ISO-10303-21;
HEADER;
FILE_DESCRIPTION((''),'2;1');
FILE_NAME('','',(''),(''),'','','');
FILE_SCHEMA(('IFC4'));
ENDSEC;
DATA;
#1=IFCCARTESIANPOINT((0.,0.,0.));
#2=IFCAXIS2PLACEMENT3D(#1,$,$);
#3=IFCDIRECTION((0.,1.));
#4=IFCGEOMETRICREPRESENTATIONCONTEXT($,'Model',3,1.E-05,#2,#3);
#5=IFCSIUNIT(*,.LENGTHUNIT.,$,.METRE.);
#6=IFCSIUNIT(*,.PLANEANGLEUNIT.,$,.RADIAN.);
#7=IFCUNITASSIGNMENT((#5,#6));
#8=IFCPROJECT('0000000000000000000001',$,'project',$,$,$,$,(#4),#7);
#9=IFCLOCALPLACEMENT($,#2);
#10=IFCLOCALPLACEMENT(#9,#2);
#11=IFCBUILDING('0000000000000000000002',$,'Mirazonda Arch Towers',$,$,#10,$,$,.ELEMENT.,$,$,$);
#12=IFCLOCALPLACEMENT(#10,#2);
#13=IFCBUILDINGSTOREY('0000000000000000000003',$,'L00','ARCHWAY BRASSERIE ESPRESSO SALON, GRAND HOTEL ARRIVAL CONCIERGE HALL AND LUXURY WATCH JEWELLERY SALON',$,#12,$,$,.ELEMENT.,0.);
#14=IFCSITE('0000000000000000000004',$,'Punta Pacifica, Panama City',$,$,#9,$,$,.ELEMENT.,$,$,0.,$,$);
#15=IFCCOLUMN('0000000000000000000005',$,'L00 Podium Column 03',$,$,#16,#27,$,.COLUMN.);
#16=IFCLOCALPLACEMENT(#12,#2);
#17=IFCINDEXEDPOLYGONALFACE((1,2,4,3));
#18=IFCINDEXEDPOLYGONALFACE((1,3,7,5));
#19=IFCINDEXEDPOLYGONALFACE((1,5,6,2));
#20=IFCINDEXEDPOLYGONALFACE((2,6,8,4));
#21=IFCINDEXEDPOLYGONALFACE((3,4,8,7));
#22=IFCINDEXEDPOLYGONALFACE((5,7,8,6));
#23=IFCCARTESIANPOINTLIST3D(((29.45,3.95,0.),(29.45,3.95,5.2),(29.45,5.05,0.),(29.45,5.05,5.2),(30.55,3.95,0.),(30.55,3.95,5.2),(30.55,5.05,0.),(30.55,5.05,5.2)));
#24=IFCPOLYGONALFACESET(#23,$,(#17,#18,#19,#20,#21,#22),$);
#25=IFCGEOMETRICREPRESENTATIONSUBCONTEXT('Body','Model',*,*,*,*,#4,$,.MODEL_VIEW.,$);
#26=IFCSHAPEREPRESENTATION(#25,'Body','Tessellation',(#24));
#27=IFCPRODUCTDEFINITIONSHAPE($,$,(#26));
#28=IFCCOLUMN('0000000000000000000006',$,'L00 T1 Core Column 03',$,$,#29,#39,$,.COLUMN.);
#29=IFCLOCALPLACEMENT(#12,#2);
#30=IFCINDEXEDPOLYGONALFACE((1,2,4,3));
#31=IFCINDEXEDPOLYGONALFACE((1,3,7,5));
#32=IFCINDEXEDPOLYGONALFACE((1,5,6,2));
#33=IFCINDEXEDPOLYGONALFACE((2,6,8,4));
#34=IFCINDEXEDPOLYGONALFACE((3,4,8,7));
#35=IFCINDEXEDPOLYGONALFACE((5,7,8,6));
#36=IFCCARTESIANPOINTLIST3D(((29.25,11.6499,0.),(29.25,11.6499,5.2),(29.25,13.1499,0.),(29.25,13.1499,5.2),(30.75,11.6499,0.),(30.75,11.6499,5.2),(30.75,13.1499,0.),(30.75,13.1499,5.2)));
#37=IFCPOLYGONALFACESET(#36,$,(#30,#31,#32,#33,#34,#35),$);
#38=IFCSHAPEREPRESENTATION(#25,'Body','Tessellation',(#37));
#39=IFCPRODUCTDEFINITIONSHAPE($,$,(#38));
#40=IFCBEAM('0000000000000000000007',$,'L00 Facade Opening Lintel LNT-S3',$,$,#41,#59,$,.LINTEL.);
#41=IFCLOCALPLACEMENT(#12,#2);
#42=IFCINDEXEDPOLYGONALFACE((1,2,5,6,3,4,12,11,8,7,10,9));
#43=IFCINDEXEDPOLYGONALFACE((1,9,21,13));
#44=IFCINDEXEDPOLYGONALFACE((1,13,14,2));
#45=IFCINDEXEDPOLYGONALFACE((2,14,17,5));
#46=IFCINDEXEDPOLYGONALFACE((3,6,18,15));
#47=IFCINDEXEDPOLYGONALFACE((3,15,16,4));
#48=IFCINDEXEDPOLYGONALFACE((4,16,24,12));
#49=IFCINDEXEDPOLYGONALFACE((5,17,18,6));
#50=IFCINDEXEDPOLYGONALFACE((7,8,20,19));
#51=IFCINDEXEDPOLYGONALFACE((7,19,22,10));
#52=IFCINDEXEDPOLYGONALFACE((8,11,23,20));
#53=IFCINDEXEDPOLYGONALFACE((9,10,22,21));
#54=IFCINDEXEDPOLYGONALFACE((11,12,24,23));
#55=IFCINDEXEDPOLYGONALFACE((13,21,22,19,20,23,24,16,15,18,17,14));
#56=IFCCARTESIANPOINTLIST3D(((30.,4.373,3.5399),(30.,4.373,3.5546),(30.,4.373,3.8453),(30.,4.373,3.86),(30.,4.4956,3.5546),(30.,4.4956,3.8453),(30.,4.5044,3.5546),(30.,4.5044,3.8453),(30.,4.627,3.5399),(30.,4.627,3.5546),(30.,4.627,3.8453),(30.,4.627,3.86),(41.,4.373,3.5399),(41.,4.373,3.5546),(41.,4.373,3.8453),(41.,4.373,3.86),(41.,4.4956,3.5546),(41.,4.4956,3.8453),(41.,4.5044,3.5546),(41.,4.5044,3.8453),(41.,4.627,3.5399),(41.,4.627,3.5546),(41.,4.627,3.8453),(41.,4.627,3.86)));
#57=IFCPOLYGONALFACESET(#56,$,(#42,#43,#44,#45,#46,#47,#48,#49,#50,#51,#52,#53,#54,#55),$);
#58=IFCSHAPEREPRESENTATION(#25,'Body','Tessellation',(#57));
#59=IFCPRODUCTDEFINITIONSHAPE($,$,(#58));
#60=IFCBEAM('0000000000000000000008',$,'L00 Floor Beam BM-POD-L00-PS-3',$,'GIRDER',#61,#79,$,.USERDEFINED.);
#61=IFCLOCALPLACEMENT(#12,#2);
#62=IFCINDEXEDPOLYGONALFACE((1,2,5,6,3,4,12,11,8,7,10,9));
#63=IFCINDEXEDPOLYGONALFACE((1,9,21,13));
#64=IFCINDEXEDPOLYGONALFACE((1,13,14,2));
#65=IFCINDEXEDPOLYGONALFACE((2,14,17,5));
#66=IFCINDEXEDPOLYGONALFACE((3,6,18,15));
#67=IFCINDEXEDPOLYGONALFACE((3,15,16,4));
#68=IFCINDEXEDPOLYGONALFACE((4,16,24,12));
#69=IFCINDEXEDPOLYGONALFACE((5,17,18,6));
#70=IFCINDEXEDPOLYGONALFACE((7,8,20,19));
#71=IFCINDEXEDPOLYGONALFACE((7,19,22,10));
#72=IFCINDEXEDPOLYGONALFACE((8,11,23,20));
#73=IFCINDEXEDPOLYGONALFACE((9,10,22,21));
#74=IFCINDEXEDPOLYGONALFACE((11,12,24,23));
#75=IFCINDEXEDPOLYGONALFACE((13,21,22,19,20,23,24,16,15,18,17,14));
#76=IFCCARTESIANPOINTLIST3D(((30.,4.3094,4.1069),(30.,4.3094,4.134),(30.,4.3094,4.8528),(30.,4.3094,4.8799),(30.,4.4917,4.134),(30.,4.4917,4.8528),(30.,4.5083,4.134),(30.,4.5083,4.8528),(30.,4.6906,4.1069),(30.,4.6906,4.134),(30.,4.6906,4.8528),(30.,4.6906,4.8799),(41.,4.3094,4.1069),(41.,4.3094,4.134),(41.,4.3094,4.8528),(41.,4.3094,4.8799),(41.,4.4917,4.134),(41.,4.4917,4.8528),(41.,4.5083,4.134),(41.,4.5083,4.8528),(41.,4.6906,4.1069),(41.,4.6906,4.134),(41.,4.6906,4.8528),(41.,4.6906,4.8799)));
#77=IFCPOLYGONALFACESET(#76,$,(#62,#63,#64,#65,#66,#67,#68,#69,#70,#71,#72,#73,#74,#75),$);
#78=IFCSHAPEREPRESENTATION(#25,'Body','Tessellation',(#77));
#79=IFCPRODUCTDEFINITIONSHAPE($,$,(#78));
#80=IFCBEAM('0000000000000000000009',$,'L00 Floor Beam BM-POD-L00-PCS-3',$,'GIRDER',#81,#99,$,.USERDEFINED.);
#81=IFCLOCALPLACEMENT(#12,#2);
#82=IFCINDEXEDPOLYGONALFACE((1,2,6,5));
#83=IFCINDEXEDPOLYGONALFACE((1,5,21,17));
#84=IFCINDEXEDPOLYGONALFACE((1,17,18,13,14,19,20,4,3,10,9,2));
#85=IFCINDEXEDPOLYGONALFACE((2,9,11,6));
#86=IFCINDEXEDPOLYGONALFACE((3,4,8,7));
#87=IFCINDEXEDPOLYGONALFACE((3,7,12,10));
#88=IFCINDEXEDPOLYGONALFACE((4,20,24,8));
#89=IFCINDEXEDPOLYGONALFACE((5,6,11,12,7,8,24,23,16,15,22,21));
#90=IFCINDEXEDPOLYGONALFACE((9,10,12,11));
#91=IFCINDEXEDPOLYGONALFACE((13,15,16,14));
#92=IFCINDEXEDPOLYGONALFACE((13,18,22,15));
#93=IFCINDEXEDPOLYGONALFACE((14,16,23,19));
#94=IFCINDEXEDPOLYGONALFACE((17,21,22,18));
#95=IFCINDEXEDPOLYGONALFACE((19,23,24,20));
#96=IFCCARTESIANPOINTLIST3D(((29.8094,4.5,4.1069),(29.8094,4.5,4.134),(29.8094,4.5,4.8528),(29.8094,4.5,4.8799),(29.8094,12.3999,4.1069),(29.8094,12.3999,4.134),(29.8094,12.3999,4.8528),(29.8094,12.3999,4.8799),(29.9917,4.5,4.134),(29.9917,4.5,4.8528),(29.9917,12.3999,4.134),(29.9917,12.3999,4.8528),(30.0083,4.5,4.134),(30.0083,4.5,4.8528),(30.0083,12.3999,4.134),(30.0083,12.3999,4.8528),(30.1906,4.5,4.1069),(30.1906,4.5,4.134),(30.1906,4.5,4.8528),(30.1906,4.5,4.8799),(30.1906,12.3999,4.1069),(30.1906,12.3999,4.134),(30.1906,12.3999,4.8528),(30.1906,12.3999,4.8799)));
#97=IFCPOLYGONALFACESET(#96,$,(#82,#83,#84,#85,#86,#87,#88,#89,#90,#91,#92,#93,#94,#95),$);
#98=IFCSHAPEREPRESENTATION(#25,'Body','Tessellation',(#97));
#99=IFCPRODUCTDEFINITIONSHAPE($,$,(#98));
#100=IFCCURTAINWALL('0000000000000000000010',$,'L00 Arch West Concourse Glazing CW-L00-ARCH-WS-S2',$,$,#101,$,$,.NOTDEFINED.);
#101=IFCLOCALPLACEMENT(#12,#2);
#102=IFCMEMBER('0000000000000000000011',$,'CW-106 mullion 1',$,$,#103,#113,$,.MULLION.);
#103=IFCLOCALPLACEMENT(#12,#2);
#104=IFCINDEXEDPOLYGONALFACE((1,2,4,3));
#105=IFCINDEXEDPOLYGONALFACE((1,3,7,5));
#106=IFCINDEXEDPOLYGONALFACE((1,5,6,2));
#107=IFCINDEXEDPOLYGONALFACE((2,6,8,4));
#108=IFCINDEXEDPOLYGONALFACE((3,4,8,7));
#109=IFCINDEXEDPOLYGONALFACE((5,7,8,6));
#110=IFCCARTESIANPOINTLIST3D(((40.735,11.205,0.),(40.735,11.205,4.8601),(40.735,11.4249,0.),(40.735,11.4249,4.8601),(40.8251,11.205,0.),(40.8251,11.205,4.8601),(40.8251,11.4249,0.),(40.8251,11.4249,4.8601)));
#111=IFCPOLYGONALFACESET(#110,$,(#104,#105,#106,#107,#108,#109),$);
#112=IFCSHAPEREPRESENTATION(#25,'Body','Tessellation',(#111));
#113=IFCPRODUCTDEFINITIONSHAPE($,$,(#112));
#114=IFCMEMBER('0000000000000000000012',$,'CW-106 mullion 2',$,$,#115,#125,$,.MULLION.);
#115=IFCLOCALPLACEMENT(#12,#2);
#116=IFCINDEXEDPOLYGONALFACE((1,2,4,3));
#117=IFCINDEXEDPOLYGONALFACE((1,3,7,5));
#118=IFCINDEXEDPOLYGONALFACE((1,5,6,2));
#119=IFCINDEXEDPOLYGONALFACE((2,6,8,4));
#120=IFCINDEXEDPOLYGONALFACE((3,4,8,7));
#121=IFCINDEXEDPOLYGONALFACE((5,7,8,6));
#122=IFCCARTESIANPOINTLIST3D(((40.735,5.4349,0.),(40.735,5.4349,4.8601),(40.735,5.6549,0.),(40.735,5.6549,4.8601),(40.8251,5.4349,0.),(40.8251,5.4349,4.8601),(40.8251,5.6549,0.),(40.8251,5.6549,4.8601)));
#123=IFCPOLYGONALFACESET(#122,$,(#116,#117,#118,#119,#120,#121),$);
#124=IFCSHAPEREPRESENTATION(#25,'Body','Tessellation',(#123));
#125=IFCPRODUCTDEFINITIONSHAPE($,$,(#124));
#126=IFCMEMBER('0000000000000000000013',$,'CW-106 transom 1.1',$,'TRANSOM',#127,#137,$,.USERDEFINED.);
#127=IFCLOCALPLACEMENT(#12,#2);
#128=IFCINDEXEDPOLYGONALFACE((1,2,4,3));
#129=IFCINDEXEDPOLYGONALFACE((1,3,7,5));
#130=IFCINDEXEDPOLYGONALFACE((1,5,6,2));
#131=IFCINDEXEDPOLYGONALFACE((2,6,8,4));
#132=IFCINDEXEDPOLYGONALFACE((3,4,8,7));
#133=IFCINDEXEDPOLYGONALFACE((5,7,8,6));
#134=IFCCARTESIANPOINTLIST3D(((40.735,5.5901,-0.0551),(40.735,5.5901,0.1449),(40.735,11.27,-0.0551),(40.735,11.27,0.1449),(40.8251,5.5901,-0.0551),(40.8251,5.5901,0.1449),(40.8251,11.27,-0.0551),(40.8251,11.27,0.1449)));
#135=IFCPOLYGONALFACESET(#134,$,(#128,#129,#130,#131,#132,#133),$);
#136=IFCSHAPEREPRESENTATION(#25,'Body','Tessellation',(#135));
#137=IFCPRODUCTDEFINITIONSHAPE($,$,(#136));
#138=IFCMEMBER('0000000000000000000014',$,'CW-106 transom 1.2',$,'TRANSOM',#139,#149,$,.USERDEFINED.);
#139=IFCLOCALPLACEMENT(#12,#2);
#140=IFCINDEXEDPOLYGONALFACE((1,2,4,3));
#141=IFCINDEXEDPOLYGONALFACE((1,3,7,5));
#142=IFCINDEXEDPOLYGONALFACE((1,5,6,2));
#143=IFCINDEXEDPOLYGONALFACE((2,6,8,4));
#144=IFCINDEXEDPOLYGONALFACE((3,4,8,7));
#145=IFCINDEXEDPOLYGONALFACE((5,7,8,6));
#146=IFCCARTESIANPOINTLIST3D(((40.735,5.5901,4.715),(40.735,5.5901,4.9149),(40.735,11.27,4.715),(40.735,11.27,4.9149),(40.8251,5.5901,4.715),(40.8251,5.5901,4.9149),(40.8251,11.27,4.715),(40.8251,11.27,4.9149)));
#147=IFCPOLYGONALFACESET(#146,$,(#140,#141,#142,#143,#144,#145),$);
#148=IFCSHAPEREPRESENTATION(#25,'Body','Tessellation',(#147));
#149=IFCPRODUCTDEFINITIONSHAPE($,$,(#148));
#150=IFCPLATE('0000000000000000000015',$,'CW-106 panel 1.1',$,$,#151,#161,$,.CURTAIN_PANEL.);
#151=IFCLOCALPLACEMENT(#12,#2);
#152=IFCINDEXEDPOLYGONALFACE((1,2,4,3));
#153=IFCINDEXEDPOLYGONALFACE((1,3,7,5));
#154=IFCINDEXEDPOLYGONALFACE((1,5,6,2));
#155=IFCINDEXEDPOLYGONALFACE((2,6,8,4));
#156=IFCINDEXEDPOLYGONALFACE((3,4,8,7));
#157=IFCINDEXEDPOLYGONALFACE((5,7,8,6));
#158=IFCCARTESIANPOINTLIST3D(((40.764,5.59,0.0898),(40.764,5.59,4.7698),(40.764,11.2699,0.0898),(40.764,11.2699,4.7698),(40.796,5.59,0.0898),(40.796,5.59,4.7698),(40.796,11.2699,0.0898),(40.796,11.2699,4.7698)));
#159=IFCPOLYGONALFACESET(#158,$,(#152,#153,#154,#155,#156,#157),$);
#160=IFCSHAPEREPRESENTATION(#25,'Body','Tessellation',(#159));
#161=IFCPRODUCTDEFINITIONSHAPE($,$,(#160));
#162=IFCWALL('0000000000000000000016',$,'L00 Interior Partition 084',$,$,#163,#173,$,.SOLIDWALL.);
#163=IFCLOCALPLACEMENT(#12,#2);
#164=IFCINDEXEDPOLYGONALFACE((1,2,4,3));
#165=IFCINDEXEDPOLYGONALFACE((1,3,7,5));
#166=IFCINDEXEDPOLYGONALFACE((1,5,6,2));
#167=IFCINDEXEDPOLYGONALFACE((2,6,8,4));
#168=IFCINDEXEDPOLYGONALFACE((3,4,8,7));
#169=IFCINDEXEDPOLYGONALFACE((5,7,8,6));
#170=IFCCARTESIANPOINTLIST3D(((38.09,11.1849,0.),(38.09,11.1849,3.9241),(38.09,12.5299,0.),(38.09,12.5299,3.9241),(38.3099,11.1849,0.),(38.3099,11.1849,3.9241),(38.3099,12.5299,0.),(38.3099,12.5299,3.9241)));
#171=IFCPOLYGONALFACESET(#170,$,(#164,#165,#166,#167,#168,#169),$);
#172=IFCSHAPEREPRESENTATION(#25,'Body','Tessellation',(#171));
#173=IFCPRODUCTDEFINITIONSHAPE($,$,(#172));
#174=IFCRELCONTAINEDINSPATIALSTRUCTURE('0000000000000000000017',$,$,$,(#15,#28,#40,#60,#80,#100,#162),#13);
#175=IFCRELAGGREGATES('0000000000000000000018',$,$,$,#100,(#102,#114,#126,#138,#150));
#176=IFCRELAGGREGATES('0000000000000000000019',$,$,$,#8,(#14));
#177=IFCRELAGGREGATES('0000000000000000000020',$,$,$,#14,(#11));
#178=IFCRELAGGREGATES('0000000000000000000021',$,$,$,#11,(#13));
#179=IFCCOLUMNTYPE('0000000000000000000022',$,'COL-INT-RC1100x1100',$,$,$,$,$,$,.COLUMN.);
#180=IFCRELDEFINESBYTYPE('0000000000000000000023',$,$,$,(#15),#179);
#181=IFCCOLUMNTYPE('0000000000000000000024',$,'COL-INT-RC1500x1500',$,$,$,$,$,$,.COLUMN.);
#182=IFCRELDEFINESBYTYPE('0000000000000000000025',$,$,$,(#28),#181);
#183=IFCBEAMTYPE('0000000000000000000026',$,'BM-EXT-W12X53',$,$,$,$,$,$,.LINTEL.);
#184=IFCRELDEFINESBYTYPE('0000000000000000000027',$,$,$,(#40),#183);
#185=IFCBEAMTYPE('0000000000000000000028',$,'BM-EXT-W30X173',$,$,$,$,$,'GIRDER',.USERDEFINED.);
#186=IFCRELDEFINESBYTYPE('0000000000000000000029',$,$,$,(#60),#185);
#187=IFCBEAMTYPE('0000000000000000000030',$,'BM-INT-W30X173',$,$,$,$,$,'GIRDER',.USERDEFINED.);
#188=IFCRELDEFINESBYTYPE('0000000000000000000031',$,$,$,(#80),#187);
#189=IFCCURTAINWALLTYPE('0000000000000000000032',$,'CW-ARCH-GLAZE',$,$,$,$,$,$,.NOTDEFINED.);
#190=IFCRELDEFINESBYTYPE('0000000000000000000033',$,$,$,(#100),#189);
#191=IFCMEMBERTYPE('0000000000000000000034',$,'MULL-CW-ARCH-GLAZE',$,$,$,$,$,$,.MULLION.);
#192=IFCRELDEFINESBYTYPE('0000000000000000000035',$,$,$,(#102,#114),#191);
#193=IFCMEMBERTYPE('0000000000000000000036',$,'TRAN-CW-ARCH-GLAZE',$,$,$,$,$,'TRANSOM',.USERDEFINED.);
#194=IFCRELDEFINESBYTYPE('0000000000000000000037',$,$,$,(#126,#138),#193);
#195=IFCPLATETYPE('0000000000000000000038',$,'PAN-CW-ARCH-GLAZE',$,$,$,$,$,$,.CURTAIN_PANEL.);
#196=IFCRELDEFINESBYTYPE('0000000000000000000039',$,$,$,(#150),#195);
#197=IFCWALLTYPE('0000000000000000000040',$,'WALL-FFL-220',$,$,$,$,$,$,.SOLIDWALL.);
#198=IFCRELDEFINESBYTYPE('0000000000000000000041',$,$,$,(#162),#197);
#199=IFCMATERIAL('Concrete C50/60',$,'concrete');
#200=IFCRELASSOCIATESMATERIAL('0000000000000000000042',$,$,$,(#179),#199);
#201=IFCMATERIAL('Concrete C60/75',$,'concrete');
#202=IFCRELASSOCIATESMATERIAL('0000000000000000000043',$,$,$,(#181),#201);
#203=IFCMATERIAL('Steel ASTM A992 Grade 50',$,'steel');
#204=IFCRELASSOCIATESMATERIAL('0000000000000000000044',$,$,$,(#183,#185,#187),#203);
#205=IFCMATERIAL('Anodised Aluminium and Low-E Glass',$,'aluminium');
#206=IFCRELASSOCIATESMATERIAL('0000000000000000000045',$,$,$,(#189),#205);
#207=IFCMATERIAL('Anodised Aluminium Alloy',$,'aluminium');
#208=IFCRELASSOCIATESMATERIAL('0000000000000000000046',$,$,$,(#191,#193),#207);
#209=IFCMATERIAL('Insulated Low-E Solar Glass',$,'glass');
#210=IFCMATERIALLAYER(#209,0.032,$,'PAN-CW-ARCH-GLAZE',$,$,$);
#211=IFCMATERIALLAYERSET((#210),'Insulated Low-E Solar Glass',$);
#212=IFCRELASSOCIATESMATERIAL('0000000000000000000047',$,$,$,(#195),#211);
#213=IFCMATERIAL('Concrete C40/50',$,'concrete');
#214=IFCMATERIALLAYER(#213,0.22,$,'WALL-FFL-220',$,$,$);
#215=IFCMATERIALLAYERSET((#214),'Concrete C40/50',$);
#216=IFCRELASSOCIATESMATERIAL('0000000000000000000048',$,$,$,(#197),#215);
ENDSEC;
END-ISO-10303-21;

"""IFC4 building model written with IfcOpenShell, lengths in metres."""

from ifc_helpers import new_model, si_unit, direction, frame, frame_2d, origin, origin_2d, place, context, subcontext, project, spatial, rectangle, i_section, extrude, material, layer, layer_set, material_profile, profile_set, type_object, element, aggregate, save


model = new_model("IFC4")

# Units and contexts
model_context = context("Model", 3, precision=1e-05, world=origin(), true_north=direction((0.0, 1.0)))
body_context = subcontext(model_context, "Body", "Model", "MODEL_VIEW")
ifc_project = project(units=[si_unit("LENGTHUNIT", "METRE"), si_unit("PLANEANGLEUNIT", "RADIAN")], contexts=[model_context])

# Site, building, storey
site_placement = place(None, origin())
site = spatial("IfcSite", under=ifc_project, at=site_placement, Name="Punta Pacifica, Panama City", CompositionType="ELEMENT", RefElevation=0.0)
building_placement = place(site_placement, origin())
building = spatial("IfcBuilding", under=site, at=building_placement, Name="Mirazonda Arch Towers", CompositionType="ELEMENT")
storey_placement = place(building_placement, origin())
storey = spatial("IfcBuildingStorey", under=building, at=storey_placement, Name="L00", Description="ARCHWAY BRASSERIE ESPRESSO SALON, GRAND HOTEL ARRIVAL CONCIERGE HALL AND LUXURY WATCH JEWELLERY SALON", CompositionType="ELEMENT", Elevation=0.0)

# Columns
ifc_material_1 = material(Name="Concrete C50/60", Category="concrete")
ifc_material_profile_1 = material_profile(ifc_material_1, rectangle(XDim=1.1001, YDim=1.1001, at=origin_2d()), Name="RC1100x1100")
ifc_profile_set_1 = profile_set([ifc_material_profile_1], Name="Concrete C50/60")
column_type_1 = type_object("IfcColumnType", Name="COL-INT-RC1100x1100", PredefinedType="COLUMN", material=ifc_profile_set_1)
column_1_placement = place(storey_placement, frame((30.0, 4.5, 0.0), z_axis=(0.0, 0.0, 1.0), x_axis=(1.0, 0.0, 0.0)))
element("IfcColumn", 1, at=column_1_placement, inside=storey, type_object=column_type_1, Name="L00 Podium Column 03", PredefinedType="COLUMN", context=body_context, shape_type="SweptSolid", body=[
    extrude(rectangle(XDim=1.1001, YDim=1.1001, at=origin_2d()), origin(), (0.0, 0.0, 1.0), 5.2),
])
ifc_material_2 = material(Name="Concrete C60/75", Category="concrete")
ifc_material_profile_2 = material_profile(ifc_material_2, rectangle(XDim=1.5, YDim=1.5, at=origin_2d()), Name="RC1500x1500")
ifc_profile_set_2 = profile_set([ifc_material_profile_2], Name="Concrete C60/75")
column_type_2 = type_object("IfcColumnType", Name="COL-INT-RC1500x1500", PredefinedType="COLUMN", material=ifc_profile_set_2)
column_2_placement = place(storey_placement, frame((30.0, 12.3999, 0.0), z_axis=(0.0, 0.0, 1.0), x_axis=(1.0, 0.0, 0.0)))
element("IfcColumn", 2, at=column_2_placement, inside=storey, type_object=column_type_2, Name="L00 T1 Core Column 03", PredefinedType="COLUMN", context=body_context, shape_type="SweptSolid", body=[
    extrude(rectangle(XDim=1.5, YDim=1.5, at=origin_2d()), origin(), (0.0, 0.0, 1.0), 5.2),
])

# Beams
ifc_material_3 = material(Name="Steel ASTM A992 Grade 50", Category="steel")
ifc_material_profile_3 = material_profile(ifc_material_3, i_section(OverallWidth=0.2539, OverallDepth=0.3201, WebThickness=0.0088, FlangeThickness=0.0146, at=origin_2d()), Name="W12X53")
ifc_profile_set_3 = profile_set([ifc_material_profile_3], Name="Steel ASTM A992 Grade 50")
beam_type_1 = type_object("IfcBeamType", Name="BM-EXT-W12X53", PredefinedType="LINTEL", material=ifc_profile_set_3)
beam_1_placement = place(storey_placement, frame((30.0, 4.5, 3.7), z_axis=(1.0, 0.0, 0.0), x_axis=(0.0, 1.0, 0.0)))
element("IfcBeam", 3, at=beam_1_placement, inside=storey, type_object=beam_type_1, Name="L00 Facade Opening Lintel LNT-S3", PredefinedType="LINTEL", context=body_context, shape_type="SweptSolid", body=[
    extrude(i_section(OverallWidth=0.2539, OverallDepth=0.3201, WebThickness=0.0088, FlangeThickness=0.0146, at=origin_2d()), origin(), (0.0, 0.0, 1.0), 11.0),
])
ifc_material_profile_4 = material_profile(ifc_material_3, i_section(OverallWidth=0.3811, OverallDepth=0.7729, WebThickness=0.0166, FlangeThickness=0.0271, at=origin_2d()), Name="W30X173")
ifc_profile_set_4 = profile_set([ifc_material_profile_4], Name="Steel ASTM A992 Grade 50")
beam_type_2 = type_object("IfcBeamType", Name="BM-EXT-W30X173", ElementType="GIRDER", PredefinedType="USERDEFINED", material=ifc_profile_set_4)
beam_2_placement = place(storey_placement, frame((30.0, 4.5, 4.4934), z_axis=(1.0, 0.0, 0.0), x_axis=(0.0, 1.0, 0.0)))
element("IfcBeam", 4, at=beam_2_placement, inside=storey, type_object=beam_type_2, Name="L00 Floor Beam BM-POD-L00-PS-3", ObjectType="GIRDER", PredefinedType="USERDEFINED", context=body_context, shape_type="SweptSolid", body=[
    extrude(i_section(OverallWidth=0.3811, OverallDepth=0.7729, WebThickness=0.0166, FlangeThickness=0.0271, at=origin_2d()), origin(), (0.0, 0.0, 1.0), 11.0),
])
ifc_material_profile_5 = material_profile(ifc_material_3, i_section(OverallWidth=0.3811, OverallDepth=0.7729, WebThickness=0.0166, FlangeThickness=0.0271, at=origin_2d()), Name="W30X173")
ifc_profile_set_5 = profile_set([ifc_material_profile_5], Name="Steel ASTM A992 Grade 50")
beam_type_3 = type_object("IfcBeamType", Name="BM-INT-W30X173", ElementType="GIRDER", PredefinedType="USERDEFINED", material=ifc_profile_set_5)
beam_3_placement = place(storey_placement, frame((30.0, 4.5, 4.4934), z_axis=(0.0, 1.0, 0.0), x_axis=(-1.0, 0.0, 0.0)))
element("IfcBeam", 5, at=beam_3_placement, inside=storey, type_object=beam_type_3, Name="L00 Floor Beam BM-POD-L00-PCS-3", ObjectType="GIRDER", PredefinedType="USERDEFINED", context=body_context, shape_type="SweptSolid", body=[
    extrude(i_section(OverallWidth=0.3811, OverallDepth=0.7729, WebThickness=0.0166, FlangeThickness=0.0271, at=origin_2d()), origin(), (0.0, 0.0, 1.0), 7.8999),
])

# Curtain wall, members, plate
ifc_material_4 = material(Name="Anodised Aluminium and Low-E Glass", Category="aluminium")
curtain_wall_type = type_object("IfcCurtainWallType", Name="CW-ARCH-GLAZE", PredefinedType="NOTDEFINED", material=ifc_material_4)
curtain_wall_placement = place(storey_placement, origin())
curtain_wall = element("IfcCurtainWall", 6, at=curtain_wall_placement, inside=storey, type_object=curtain_wall_type, Name="L00 Arch West Concourse Glazing CW-L00-ARCH-WS-S2", PredefinedType="NOTDEFINED")
ifc_material_5 = material(Name="Anodised Aluminium Alloy", Category="aluminium")
ifc_material_profile_6 = material_profile(ifc_material_5, rectangle(XDim=0.0901, YDim=0.22, at=origin_2d()), Name="ALU-MULL-90x220")
ifc_profile_set_6 = profile_set([ifc_material_profile_6], Name="Anodised Aluminium Alloy")
member_type_1 = type_object("IfcMemberType", Name="MULL-CW-ARCH-GLAZE", PredefinedType="MULLION", material=ifc_profile_set_6)
member_1_placement = place(storey_placement, frame((40.78, 11.3149, 0.0), z_axis=(0.0, 0.0, 1.0), x_axis=(1.0, 0.0, 0.0)))
member_1 = element("IfcMember", 7, at=member_1_placement, type_object=member_type_1, Name="CW-106 mullion 1", PredefinedType="MULLION", context=body_context, shape_type="SweptSolid", body=[
    extrude(rectangle(XDim=0.0901, YDim=0.22, at=origin_2d()), origin(), (0.0, 0.0, 1.0), 4.8601),
])
member_2_placement = place(storey_placement, frame((40.78, 5.5449, 0.0), z_axis=(0.0, 0.0, 1.0), x_axis=(1.0, 0.0, 0.0)))
member_2 = element("IfcMember", 8, at=member_2_placement, type_object=member_type_1, Name="CW-106 mullion 2", PredefinedType="MULLION", context=body_context, shape_type="SweptSolid", body=[
    extrude(rectangle(XDim=0.0901, YDim=0.22, at=origin_2d()), origin(), (0.0, 0.0, 1.0), 4.8601),
])
ifc_material_profile_7 = material_profile(ifc_material_5, rectangle(XDim=0.0901, YDim=0.2, at=origin_2d()), Name="ALU-TRAN-90x200")
ifc_profile_set_7 = profile_set([ifc_material_profile_7], Name="Anodised Aluminium Alloy")
member_type_2 = type_object("IfcMemberType", Name="TRAN-CW-ARCH-GLAZE", ElementType="TRANSOM", PredefinedType="USERDEFINED", material=ifc_profile_set_7)
member_3_placement = place(storey_placement, frame((40.78, 11.27, 0.0449), z_axis=(0.0, -1.0, 0.0), x_axis=(1.0, 0.0, 0.0)))
member_3 = element("IfcMember", 9, at=member_3_placement, type_object=member_type_2, Name="CW-106 transom 1.1", ObjectType="TRANSOM", PredefinedType="USERDEFINED", context=body_context, shape_type="SweptSolid", body=[
    extrude(rectangle(XDim=0.0901, YDim=0.2, at=origin_2d()), origin(), (0.0, 0.0, 1.0), 5.6799),
])
member_4_placement = place(storey_placement, frame((40.78, 11.27, 4.8149), z_axis=(0.0, -1.0, 0.0), x_axis=(1.0, 0.0, 0.0)))
member_4 = element("IfcMember", 10, at=member_4_placement, type_object=member_type_2, Name="CW-106 transom 1.2", ObjectType="TRANSOM", PredefinedType="USERDEFINED", context=body_context, shape_type="SweptSolid", body=[
    extrude(rectangle(XDim=0.0901, YDim=0.2, at=origin_2d()), origin(), (0.0, 0.0, 1.0), 5.6799),
])
ifc_material_6 = material(Name="Insulated Low-E Solar Glass", Category="glass")
ifc_layer_1 = layer(ifc_material_6, 0.032, Name="PAN-CW-ARCH-GLAZE")
ifc_layer_set_1 = layer_set([ifc_layer_1], Name="Insulated Low-E Solar Glass")
plate_type = type_object("IfcPlateType", Name="PAN-CW-ARCH-GLAZE", PredefinedType="CURTAIN_PANEL", material=ifc_layer_set_1)
plate_placement = place(storey_placement, frame((40.78, 8.4299, 0.0898), z_axis=(0.0, 0.0, 1.0), x_axis=(0.0, -1.0, 0.0)))
plate = element("IfcPlate", 11, at=plate_placement, type_object=plate_type, Name="CW-106 panel 1.1", PredefinedType="CURTAIN_PANEL", context=body_context, shape_type="SweptSolid", body=[
    extrude(rectangle(XDim=5.6799, YDim=0.032, at=origin_2d()), origin(), (0.0, 0.0, 1.0), 4.6799),
])
aggregate(curtain_wall, [member_1, member_2, member_3, member_4, plate])

# Wall
ifc_material_7 = material(Name="Concrete C40/50", Category="concrete")
ifc_layer_2 = layer(ifc_material_7, 0.22, Name="WALL-FFL-220")
ifc_layer_set_2 = layer_set([ifc_layer_2], Name="Concrete C40/50")
wall_type_1 = type_object("IfcWallType", Name="WALL-FFL-220", PredefinedType="SOLIDWALL", material=ifc_layer_set_2)
wall_1_placement = place(storey_placement, frame((38.2, 11.1851, 0.0), z_axis=(0.0, 0.0, 1.0), x_axis=(0.0, 1.0, 0.0)))
element("IfcWall", 12, at=wall_1_placement, inside=storey, type_object=wall_type_1, Name="L00 Interior Partition 084", PredefinedType="SOLIDWALL", context=body_context, shape_type="SweptSolid", body=[
    extrude(rectangle(XDim=1.345, YDim=0.22, at=frame_2d((0.6724, 0.0))), origin(), (0.0, 0.0, 1.0), 3.9241),
])

save(model, "model.ifc")
